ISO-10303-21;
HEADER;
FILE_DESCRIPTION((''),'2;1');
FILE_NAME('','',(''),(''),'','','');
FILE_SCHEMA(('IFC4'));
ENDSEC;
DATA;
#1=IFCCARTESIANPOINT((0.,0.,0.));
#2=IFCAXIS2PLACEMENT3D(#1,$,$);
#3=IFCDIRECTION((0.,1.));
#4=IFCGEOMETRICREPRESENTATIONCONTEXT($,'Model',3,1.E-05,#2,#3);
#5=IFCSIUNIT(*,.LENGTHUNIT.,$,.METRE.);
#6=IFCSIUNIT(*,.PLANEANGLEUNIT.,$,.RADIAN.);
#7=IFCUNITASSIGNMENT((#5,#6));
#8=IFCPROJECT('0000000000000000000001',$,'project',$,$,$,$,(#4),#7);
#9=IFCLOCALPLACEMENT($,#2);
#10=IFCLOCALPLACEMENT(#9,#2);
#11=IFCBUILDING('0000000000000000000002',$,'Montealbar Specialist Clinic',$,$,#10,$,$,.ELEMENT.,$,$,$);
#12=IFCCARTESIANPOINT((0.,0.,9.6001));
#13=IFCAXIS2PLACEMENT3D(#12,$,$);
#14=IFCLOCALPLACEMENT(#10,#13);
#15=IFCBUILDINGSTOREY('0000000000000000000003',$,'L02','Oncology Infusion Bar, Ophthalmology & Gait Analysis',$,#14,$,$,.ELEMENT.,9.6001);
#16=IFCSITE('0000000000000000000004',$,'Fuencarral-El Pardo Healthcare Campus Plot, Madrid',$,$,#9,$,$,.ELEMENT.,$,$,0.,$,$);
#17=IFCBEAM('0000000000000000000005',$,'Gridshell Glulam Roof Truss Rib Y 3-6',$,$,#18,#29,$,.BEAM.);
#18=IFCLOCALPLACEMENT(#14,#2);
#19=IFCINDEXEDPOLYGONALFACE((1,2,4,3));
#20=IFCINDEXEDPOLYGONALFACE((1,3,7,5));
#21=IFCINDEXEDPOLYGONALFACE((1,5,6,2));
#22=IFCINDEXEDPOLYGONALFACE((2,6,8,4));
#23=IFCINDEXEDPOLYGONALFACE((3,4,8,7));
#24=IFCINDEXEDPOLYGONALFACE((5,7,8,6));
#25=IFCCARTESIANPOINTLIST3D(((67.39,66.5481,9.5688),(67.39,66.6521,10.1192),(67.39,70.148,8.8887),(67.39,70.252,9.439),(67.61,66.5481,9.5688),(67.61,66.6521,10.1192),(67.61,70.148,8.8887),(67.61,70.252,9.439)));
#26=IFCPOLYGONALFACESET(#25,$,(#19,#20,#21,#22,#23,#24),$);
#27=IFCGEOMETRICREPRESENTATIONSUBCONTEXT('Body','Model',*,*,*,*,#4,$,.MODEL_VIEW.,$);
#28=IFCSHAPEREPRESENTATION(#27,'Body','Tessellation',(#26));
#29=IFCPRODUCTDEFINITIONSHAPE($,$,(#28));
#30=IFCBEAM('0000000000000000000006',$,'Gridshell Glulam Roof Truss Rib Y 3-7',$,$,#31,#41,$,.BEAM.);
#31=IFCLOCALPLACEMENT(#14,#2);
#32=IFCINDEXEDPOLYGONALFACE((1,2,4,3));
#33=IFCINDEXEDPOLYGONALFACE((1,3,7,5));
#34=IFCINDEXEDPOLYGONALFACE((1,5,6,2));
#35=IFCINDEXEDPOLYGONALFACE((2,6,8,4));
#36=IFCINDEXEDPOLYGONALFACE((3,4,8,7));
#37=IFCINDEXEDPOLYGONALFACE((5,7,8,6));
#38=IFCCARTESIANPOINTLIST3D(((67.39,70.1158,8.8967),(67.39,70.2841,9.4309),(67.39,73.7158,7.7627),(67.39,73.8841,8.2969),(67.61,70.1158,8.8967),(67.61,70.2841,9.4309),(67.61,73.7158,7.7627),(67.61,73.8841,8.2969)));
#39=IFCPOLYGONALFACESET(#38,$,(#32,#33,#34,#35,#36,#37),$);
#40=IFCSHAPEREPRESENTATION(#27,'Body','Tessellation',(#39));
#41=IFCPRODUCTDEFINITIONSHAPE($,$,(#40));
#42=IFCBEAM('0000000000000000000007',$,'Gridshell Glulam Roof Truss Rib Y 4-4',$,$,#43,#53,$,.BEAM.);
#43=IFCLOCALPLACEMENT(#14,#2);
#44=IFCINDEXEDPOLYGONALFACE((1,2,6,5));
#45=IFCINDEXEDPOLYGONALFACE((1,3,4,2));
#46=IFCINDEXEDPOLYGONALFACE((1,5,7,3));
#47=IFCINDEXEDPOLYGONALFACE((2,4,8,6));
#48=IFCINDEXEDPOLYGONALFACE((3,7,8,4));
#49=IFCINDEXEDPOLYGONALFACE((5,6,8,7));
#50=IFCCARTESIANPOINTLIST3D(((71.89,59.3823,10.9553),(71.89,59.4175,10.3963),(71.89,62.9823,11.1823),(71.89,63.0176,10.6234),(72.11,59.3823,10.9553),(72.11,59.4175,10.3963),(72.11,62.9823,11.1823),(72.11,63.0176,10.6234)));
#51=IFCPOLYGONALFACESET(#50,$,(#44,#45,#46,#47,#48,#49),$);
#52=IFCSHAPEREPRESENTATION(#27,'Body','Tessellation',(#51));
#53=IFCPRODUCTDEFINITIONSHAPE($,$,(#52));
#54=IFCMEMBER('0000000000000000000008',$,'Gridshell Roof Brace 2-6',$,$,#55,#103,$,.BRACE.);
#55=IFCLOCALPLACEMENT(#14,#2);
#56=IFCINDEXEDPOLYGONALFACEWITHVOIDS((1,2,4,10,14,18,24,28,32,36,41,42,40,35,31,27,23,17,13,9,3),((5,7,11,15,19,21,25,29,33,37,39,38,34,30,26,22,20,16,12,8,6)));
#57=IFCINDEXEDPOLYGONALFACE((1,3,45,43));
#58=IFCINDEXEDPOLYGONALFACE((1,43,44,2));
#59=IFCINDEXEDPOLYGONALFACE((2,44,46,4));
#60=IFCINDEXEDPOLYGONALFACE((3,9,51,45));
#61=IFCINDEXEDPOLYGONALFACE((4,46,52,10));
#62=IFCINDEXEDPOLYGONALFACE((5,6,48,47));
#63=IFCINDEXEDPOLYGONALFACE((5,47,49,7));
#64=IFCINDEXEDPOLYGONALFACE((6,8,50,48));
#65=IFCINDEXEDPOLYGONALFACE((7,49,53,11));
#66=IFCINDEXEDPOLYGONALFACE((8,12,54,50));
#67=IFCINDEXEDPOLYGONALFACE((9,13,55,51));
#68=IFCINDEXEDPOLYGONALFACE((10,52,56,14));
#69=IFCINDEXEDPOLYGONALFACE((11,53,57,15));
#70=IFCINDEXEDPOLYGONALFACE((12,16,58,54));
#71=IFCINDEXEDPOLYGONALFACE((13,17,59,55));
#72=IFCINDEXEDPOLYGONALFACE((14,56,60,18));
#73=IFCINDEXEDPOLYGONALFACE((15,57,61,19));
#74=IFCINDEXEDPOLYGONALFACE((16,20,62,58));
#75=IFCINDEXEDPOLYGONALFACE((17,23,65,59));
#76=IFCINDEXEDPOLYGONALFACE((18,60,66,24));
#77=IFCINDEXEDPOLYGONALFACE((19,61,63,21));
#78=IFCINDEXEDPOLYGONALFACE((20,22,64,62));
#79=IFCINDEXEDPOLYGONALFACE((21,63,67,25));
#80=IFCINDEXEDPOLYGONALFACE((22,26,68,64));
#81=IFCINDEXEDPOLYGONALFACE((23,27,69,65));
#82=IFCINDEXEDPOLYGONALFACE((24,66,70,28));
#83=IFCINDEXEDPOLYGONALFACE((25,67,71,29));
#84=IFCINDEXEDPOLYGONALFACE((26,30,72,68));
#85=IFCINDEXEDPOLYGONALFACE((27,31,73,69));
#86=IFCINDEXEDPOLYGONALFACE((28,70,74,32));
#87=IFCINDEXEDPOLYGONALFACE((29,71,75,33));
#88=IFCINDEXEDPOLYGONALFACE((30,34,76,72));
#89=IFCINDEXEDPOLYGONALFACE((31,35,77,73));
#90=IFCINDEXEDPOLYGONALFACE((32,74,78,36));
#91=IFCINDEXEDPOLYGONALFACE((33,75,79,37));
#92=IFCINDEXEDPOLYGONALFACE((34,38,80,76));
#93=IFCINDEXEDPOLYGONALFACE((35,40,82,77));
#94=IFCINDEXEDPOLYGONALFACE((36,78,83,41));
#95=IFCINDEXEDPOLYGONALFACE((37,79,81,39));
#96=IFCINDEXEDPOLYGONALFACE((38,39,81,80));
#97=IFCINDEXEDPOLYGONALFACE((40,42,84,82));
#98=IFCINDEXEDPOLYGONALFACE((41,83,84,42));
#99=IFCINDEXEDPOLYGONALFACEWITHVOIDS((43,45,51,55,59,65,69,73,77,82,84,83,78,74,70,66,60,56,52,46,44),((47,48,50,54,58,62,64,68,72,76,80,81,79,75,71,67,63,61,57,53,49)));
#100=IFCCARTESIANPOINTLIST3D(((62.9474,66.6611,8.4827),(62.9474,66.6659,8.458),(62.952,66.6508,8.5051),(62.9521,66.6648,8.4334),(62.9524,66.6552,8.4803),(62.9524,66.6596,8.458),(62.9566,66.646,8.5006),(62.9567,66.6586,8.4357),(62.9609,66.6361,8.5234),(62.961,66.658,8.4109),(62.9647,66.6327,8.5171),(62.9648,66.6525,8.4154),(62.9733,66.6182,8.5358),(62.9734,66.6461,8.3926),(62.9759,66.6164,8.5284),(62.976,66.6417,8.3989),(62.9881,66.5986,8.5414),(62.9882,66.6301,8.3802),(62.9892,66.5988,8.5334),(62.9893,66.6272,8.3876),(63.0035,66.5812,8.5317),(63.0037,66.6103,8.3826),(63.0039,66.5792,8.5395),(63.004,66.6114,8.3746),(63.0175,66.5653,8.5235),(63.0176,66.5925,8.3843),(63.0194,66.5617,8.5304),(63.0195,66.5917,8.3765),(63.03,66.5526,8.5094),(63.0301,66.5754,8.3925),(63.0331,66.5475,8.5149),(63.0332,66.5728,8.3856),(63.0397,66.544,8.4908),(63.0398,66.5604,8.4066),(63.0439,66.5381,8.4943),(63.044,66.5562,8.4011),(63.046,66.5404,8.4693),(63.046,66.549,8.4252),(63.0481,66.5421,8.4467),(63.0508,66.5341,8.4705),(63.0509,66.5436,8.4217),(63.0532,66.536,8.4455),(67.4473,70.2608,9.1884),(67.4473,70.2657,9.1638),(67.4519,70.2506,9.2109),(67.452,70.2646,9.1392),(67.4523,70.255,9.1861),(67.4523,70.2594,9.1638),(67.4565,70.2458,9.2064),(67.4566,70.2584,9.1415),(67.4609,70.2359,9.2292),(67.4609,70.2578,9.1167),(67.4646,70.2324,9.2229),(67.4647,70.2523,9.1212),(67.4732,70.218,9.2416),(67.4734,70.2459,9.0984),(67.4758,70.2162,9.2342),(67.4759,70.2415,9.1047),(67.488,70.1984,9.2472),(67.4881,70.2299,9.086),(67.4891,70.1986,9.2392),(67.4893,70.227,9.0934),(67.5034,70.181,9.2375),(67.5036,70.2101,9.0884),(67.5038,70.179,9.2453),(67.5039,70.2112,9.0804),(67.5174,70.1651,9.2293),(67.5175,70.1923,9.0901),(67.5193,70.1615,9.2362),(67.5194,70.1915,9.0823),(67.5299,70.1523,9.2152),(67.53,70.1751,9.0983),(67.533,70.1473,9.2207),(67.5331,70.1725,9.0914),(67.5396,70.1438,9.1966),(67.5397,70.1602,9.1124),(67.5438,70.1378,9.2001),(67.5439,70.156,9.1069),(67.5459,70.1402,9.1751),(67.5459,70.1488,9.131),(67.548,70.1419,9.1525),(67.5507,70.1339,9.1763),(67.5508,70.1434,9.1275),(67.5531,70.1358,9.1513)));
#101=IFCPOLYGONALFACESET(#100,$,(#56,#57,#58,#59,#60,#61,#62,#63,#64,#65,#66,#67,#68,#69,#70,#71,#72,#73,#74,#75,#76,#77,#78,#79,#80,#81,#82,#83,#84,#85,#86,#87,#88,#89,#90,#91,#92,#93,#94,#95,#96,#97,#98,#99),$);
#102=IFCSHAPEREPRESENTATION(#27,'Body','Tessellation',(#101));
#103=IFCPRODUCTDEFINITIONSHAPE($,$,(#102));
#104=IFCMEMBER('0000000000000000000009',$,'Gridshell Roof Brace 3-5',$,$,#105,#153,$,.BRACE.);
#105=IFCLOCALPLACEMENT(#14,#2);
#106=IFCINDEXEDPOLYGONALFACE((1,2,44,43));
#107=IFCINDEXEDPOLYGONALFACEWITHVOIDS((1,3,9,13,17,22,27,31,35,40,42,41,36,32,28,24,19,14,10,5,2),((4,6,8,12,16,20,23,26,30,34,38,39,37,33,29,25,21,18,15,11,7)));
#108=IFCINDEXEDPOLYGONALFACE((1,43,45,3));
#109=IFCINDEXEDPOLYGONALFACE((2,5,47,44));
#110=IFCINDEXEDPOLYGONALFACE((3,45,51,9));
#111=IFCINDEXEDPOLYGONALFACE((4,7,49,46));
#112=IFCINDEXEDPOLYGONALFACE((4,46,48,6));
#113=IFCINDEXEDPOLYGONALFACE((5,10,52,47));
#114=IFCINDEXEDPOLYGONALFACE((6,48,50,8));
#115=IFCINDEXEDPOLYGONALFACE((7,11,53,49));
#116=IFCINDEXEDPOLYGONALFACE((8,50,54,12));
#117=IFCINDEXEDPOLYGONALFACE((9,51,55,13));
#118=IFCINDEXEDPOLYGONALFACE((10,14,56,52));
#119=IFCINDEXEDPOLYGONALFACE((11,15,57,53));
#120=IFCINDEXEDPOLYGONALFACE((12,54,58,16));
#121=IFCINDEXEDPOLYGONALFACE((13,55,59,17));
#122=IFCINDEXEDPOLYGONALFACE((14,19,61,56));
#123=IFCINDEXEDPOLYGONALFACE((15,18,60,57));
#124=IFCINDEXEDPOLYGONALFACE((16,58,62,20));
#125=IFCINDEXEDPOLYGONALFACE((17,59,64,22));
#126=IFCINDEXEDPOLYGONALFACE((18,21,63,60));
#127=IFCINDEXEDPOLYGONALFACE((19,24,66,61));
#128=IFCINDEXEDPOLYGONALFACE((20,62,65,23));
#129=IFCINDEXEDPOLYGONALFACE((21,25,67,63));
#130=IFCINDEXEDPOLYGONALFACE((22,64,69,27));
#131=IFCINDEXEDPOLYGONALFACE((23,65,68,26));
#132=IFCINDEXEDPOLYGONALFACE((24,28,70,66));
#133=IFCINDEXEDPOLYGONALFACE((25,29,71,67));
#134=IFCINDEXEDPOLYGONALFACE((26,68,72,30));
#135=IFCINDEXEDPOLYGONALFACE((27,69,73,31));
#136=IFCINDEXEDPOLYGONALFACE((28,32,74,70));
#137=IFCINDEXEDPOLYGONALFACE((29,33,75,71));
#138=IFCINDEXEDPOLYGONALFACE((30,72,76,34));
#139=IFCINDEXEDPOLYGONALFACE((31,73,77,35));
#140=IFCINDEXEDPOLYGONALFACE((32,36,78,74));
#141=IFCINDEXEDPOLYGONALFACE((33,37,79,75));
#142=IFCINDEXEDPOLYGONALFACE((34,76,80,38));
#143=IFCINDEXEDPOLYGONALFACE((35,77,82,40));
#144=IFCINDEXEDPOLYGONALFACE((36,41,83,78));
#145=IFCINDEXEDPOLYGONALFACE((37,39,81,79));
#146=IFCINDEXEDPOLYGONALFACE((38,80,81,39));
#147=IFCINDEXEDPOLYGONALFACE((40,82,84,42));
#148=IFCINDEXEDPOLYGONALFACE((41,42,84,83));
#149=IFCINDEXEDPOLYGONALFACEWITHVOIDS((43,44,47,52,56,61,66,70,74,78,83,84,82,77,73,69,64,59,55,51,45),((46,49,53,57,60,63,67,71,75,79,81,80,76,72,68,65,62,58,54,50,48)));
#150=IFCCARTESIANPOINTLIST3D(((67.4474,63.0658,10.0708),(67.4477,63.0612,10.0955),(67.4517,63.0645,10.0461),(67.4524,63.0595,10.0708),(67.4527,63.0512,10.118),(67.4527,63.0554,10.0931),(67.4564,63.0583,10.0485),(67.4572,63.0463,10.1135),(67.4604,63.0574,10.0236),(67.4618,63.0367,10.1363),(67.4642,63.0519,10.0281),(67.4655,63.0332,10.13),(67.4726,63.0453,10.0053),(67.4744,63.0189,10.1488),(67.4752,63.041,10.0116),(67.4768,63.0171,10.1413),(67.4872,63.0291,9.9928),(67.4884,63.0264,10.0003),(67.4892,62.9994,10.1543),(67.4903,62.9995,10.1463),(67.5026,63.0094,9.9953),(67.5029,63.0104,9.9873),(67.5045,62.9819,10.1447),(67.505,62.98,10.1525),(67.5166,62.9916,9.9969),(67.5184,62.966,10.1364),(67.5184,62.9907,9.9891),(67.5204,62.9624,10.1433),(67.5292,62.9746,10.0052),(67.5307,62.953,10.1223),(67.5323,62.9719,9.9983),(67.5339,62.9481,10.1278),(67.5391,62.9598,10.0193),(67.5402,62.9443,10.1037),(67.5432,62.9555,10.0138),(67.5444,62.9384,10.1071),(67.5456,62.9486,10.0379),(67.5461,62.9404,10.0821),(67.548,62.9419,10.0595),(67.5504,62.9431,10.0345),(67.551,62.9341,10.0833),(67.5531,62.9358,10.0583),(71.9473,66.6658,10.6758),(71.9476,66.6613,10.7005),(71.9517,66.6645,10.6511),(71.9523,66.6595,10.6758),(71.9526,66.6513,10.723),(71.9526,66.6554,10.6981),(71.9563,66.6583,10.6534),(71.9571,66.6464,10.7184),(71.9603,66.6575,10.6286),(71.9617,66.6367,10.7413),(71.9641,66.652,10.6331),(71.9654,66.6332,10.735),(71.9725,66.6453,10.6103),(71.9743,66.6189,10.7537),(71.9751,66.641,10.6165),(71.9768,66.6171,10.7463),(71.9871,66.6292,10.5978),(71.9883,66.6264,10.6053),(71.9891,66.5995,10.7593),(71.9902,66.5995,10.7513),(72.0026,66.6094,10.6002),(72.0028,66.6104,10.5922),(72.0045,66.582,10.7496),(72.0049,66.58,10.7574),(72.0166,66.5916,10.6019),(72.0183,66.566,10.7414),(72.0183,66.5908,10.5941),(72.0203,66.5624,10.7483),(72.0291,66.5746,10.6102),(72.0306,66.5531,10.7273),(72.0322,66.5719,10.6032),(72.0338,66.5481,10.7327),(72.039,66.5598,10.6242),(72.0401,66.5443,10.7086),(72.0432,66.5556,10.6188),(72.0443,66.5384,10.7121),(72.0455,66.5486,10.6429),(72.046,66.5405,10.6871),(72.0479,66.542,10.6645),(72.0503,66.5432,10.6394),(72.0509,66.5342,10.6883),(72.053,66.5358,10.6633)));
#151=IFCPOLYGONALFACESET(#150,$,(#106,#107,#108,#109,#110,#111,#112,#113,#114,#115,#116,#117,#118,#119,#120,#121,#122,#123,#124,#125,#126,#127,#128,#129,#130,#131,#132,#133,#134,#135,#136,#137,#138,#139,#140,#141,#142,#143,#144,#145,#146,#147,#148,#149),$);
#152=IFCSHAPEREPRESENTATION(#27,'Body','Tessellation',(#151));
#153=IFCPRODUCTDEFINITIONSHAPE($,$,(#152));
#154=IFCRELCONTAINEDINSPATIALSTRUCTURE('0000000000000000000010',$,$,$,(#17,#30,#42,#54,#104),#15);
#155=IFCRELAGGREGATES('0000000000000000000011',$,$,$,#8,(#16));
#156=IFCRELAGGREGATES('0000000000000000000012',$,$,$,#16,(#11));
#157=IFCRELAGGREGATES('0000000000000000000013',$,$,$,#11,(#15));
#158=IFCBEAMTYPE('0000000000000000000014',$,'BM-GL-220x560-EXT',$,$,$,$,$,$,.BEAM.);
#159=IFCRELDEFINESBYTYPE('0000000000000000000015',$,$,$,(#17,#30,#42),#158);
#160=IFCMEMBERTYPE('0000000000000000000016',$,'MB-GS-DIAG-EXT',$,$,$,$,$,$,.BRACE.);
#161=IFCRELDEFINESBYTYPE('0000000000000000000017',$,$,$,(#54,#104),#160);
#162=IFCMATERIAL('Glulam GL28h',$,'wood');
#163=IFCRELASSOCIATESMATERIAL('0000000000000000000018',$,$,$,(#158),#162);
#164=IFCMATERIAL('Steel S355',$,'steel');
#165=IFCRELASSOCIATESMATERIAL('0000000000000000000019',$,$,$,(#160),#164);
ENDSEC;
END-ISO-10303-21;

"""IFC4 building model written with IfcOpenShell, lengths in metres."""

from ifc_helpers import new_model, si_unit, direction, frame, origin, origin_2d, place, context, subcontext, project, spatial, rectangle, hollow_circle, extrude, material, material_profile, profile_set, type_object, element, save


model = new_model("IFC4")

# Units and contexts
model_context = context("Model", 3, precision=1e-05, world=origin(), true_north=direction((0.0, 1.0)))
body_context = subcontext(model_context, "Body", "Model", "MODEL_VIEW")
ifc_project = project(units=[si_unit("LENGTHUNIT", "METRE"), si_unit("PLANEANGLEUNIT", "RADIAN")], contexts=[model_context])

# Site, building, storey
site_placement = place(None, origin())
site = spatial("IfcSite", under=ifc_project, at=site_placement, Name="Fuencarral-El Pardo Healthcare Campus Plot, Madrid", CompositionType="ELEMENT", RefElevation=0.0)
building_placement = place(site_placement, origin())
building = spatial("IfcBuilding", under=site, at=building_placement, Name="Montealbar Specialist Clinic", CompositionType="ELEMENT")
storey_placement = place(building_placement, frame((0.0, 0.0, 9.6001)))
storey = spatial("IfcBuildingStorey", under=building, at=storey_placement, Name="L02", Description="Oncology Infusion Bar, Ophthalmology & Gait Analysis", CompositionType="ELEMENT", Elevation=9.6001)

# Beams
ifc_material_1 = material(Name="Steel S355", Category="steel")
ifc_material_2 = material(Name="Glulam GL28h", Category="wood")
ifc_material_profile_1 = material_profile(ifc_material_2, rectangle(XDim=0.22, YDim=0.5601, at=origin_2d()), Name="GL28h 220x560", Category="wood")
ifc_profile_set_1 = profile_set([ifc_material_profile_1], Name="Glulam GL28h")
beam_type_1 = type_object("IfcBeamType", Name="BM-GL-220x560-EXT", PredefinedType="BEAM", material=ifc_profile_set_1)
beam_1_placement = place(storey_placement, frame((67.5, 66.6001, 9.844), z_axis=(0.0, 0.982614, -0.18566), x_axis=(-1.0, 0.0, 0.0)))
element("IfcBeam", 1, at=beam_1_placement, inside=storey, type_object=beam_type_1, Name="Gridshell Glulam Roof Truss Rib Y 3-6", PredefinedType="BEAM", context=body_context, shape_type="SweptSolid", body=[
    extrude(rectangle(XDim=0.22, YDim=0.5601, at=origin_2d()), origin(), (0.0, 0.0, 1.0), 3.6636),
])
beam_2_placement = place(storey_placement, frame((67.5, 70.2, 9.1638), z_axis=(0.0, 0.953798, -0.300447), x_axis=(-1.0, 0.0, 0.0)))
element("IfcBeam", 2, at=beam_2_placement, inside=storey, type_object=beam_type_1, Name="Gridshell Glulam Roof Truss Rib Y 3-7", PredefinedType="BEAM", context=body_context, shape_type="SweptSolid", body=[
    extrude(rectangle(XDim=0.22, YDim=0.5601, at=origin_2d()), origin(), (0.0, 0.0, 1.0), 3.7744),
])
beam_3_placement = place(storey_placement, frame((72.0, 59.3999, 10.6758), z_axis=(0.0, 0.998017, 0.062943), x_axis=(-1.0, 0.0, 0.0)))
element("IfcBeam", 3, at=beam_3_placement, inside=storey, type_object=beam_type_1, Name="Gridshell Glulam Roof Truss Rib Y 4-4", PredefinedType="BEAM", context=body_context, shape_type="SweptSolid", body=[
    extrude(rectangle(XDim=0.22, YDim=0.5601, at=origin_2d()), origin(), (0.0, 0.0, 1.0), 3.6072),
])

# Members
ifc_material_profile_2 = material_profile(ifc_material_1, hollow_circle(Radius=0.0842, WallThickness=0.0081, at=origin_2d()), Name="CHS 168.3x8.0", Category="steel")
ifc_profile_set_2 = profile_set([ifc_material_profile_2], Name="Steel S355")
member_type_1 = type_object("IfcMemberType", Name="MB-GS-DIAG-EXT", PredefinedType="BRACE", material=ifc_profile_set_2)
member_1_placement = place(storey_placement, frame((63.0, 66.6001, 8.458), z_axis=(0.775089, 0.620046, 0.12157), x_axis=(-0.62468, 0.780881, 0.0)))
element("IfcMember", 4, at=member_1_placement, inside=storey, type_object=member_type_1, Name="Gridshell Roof Brace 2-6", PredefinedType="BRACE", context=body_context, shape_type="SweptSolid", body=[
    extrude(hollow_circle(Radius=0.0842, WallThickness=0.0081, at=origin_2d()), origin(), (0.0, 0.0, 1.0), 5.8057),
])
member_2_placement = place(storey_placement, frame((67.5, 63.0, 10.0708), z_axis=(0.776593, 0.621291, 0.104405), x_axis=(-0.624705, 0.780861, 0.0)))
element("IfcMember", 5, at=member_2_placement, inside=storey, type_object=member_type_1, Name="Gridshell Roof Brace 3-5", PredefinedType="BRACE", context=body_context, shape_type="SweptSolid", body=[
    extrude(hollow_circle(Radius=0.0842, WallThickness=0.0081, at=origin_2d()), origin(), (0.0, 0.0, 1.0), 5.7944),
])

save(model, "model.ifc")
